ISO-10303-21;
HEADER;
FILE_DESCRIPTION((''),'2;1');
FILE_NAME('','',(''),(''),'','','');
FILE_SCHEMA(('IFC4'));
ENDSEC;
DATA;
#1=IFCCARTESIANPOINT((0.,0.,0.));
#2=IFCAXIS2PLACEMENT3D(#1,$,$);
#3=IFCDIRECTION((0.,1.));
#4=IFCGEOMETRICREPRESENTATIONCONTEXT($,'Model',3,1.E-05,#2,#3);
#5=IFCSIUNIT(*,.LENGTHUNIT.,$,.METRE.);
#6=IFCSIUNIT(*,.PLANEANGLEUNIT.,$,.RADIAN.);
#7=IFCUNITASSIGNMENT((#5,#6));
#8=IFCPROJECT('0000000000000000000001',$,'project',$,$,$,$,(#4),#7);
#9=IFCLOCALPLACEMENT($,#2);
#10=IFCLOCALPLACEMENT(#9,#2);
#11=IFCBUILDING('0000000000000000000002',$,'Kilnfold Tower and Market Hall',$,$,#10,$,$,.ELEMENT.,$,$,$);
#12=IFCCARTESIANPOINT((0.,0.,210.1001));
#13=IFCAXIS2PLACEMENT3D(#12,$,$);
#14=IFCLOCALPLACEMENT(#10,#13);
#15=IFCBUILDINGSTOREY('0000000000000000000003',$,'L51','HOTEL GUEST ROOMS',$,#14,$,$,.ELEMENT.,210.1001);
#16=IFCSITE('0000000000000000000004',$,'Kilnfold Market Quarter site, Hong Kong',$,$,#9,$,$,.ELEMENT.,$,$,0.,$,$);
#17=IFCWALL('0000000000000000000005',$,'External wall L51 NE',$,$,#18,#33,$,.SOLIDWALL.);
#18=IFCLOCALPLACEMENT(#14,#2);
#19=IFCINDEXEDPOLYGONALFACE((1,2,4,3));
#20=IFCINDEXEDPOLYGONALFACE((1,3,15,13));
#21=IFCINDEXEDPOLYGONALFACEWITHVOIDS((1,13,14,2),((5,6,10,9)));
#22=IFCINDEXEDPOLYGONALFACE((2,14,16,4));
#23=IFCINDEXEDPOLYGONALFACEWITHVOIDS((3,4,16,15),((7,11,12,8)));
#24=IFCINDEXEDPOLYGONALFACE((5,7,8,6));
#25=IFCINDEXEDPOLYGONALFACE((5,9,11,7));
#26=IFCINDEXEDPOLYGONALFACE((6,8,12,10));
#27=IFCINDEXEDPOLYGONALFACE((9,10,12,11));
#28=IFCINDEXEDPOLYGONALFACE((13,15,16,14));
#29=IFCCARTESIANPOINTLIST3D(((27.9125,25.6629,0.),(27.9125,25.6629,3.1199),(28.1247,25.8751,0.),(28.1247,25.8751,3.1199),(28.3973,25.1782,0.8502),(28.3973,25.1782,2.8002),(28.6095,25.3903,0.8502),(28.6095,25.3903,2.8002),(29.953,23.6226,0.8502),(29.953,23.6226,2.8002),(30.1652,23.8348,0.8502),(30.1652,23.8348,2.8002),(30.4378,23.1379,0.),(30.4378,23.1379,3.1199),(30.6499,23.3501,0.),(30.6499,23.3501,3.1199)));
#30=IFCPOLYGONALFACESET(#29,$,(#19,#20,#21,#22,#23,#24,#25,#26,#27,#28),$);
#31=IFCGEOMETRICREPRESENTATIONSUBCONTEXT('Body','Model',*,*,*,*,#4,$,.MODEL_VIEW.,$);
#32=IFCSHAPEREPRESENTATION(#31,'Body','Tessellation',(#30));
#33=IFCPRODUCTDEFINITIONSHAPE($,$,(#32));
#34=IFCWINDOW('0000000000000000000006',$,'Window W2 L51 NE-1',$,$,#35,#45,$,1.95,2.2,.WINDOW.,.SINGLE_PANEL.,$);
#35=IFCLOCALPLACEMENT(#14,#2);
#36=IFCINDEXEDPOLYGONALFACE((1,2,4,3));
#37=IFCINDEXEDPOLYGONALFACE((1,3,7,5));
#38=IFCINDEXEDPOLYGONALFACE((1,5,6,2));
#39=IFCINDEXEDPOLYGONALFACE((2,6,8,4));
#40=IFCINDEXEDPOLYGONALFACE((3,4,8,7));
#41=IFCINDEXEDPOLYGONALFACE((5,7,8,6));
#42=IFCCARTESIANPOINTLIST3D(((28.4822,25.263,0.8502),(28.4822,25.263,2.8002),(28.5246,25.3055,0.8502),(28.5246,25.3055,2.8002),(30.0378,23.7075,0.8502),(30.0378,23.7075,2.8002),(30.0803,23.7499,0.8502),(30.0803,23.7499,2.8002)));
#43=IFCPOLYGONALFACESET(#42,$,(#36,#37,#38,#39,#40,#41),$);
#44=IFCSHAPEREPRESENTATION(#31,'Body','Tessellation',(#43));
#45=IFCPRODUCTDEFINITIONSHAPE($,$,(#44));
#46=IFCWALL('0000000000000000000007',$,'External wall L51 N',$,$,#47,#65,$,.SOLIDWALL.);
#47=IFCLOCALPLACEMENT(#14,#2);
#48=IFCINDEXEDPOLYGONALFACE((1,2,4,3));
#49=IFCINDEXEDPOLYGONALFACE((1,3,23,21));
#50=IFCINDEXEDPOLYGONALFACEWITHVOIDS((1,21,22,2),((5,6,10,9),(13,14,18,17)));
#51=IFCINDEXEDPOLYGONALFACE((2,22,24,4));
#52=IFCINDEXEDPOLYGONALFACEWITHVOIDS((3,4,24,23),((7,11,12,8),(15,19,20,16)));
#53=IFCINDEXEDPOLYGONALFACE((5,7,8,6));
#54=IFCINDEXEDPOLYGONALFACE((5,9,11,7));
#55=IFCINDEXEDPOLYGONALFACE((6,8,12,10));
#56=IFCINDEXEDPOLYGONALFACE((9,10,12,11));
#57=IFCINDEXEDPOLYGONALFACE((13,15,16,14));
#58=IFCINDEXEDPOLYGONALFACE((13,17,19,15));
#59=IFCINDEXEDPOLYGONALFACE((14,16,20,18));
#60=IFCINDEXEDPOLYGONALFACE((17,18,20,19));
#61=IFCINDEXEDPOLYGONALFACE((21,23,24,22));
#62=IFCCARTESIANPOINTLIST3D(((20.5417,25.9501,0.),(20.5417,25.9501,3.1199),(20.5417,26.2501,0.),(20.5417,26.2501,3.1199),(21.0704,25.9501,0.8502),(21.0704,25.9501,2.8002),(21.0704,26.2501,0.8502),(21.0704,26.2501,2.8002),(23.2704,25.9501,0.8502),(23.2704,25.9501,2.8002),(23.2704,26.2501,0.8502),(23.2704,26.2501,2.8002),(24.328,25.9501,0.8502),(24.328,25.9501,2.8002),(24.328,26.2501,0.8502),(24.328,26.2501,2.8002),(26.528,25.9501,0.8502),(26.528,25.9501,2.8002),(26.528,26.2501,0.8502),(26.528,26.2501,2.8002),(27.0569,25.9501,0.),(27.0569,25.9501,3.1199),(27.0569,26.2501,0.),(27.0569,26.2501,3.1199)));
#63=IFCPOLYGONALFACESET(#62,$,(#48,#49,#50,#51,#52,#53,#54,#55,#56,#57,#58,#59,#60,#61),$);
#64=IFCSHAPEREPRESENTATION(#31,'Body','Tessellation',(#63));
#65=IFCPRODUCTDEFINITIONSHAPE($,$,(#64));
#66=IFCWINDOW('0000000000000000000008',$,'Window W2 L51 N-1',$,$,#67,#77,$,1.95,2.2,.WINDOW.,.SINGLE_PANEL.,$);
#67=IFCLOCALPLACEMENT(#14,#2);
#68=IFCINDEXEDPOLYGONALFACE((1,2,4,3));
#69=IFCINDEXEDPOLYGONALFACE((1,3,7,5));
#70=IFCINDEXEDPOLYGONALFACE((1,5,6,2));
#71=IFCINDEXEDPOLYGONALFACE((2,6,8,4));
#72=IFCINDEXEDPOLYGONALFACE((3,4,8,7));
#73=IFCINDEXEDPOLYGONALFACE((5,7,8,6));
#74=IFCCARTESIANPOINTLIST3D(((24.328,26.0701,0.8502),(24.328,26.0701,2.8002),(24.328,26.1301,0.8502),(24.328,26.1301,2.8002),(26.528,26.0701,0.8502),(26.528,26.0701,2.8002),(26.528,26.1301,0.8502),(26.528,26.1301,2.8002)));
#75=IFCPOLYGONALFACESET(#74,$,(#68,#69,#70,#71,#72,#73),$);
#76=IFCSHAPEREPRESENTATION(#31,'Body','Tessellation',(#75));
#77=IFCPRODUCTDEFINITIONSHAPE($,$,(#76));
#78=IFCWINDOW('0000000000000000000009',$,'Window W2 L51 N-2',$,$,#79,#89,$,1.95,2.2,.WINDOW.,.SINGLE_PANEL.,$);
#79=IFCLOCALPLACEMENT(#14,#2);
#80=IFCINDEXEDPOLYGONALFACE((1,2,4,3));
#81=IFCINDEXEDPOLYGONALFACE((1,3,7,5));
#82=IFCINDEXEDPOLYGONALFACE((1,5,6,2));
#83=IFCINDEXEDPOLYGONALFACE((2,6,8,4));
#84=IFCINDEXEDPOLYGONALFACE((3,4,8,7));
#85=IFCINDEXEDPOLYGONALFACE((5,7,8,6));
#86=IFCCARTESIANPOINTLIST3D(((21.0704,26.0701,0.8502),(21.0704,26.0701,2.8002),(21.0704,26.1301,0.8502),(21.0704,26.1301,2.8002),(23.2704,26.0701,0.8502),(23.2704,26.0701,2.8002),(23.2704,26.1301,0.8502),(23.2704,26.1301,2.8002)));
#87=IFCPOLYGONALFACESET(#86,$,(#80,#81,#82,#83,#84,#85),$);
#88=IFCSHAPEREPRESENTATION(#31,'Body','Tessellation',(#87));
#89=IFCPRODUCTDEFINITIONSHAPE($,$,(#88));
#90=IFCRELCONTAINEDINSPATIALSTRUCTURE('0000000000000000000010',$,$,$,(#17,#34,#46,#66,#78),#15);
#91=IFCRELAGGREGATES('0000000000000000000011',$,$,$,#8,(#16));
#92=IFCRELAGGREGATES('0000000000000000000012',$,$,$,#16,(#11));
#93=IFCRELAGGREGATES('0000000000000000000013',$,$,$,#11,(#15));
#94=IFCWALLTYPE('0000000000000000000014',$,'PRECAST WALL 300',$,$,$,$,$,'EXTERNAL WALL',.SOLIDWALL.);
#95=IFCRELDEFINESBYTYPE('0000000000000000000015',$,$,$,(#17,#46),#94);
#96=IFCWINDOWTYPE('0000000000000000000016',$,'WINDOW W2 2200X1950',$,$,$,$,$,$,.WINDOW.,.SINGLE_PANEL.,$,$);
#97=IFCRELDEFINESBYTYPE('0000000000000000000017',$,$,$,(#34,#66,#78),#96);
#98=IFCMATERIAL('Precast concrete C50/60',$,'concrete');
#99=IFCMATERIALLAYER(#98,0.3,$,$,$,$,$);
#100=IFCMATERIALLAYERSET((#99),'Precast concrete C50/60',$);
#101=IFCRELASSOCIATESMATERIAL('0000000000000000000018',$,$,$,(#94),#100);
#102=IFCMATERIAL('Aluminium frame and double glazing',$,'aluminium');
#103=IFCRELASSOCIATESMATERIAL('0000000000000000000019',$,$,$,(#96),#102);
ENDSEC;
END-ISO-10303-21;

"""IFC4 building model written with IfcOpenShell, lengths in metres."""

from ifc_helpers import new_model, si_unit, direction, frame, frame_2d, origin, place, context, subcontext, project, spatial, rectangle, extrude, source, transform, mapped, material, layer, layer_set, type_object, element, fill, save


model = new_model("IFC4")

# Units and contexts
model_context = context("Model", 3, precision=1e-05, world=origin(), true_north=direction((0.0, 1.0)))
body_context = subcontext(model_context, "Body", "Model", "MODEL_VIEW")
ifc_project = project(units=[si_unit("LENGTHUNIT", "METRE"), si_unit("PLANEANGLEUNIT", "RADIAN")], contexts=[model_context])

# Site, building, storey
site_placement = place(None, origin())
site = spatial("IfcSite", under=ifc_project, at=site_placement, Name="Kilnfold Market Quarter site, Hong Kong", CompositionType="ELEMENT", RefElevation=0.0)
building_placement = place(site_placement, origin())
building = spatial("IfcBuilding", under=site, at=building_placement, Name="Kilnfold Tower and Market Hall", CompositionType="ELEMENT")
storey_placement = place(building_placement, frame((0.0, 0.0, 210.1001)))
storey = spatial("IfcBuildingStorey", under=building, at=storey_placement, Name="L51", Description="HOTEL GUEST ROOMS", CompositionType="ELEMENT", Elevation=210.1001)

# Shared definitions
ifc_material_1 = material(Name="Precast concrete C50/60", Category="concrete")
ifc_layer_1 = layer(ifc_material_1, 0.3)
ifc_layer_set_1 = layer_set([ifc_layer_1], Name="Precast concrete C50/60")
wall_type_1 = type_object("IfcWallType", Name="PRECAST WALL 300", ElementType="EXTERNAL WALL", PredefinedType="SOLIDWALL", material=ifc_layer_set_1)
ifc_material_2 = material(Name="Aluminium frame and double glazing", Category="aluminium")
window_type = type_object("IfcWindowType", Name="WINDOW W2 2200X1950", PartitioningType="SINGLE_PANEL", PredefinedType="WINDOW", material=ifc_material_2)

# Wall, opening, window
shared_shape_1 = source(origin(), body_context, "Body", "SweptSolid", [
    extrude(rectangle(XDim=3.571, YDim=0.3, at=frame_2d((1.7856, 0.0))), origin(), (0.0, 0.0, 1.0), 3.1199),
])
wall_1_placement = place(storey_placement, frame((30.5439, 23.2439, 0.0), z_axis=(0.0, 0.0, 1.0), x_axis=(-0.707141, 0.707073, 0.0)))
wall_1 = element("IfcWall", 1, at=wall_1_placement, inside=storey, type_object=wall_type_1, Name="External wall L51 NE", PredefinedType="SOLIDWALL", context=body_context, shape_type="MappedRepresentation", body=[
    mapped(shared_shape_1, transform((0.0, 0.0, 0.0))),
])
opening_1_placement = place(wall_1_placement, frame((0.6855, 0.0, 0.8501)))
opening_1 = element("IfcOpeningElement", 2, at=opening_1_placement, cuts=wall_1, PredefinedType="OPENING", context=body_context, shape_type="SweptSolid", body=[
    extrude(rectangle(XDim=2.2, YDim=1.95, at=frame_2d((1.1001, 0.9751))), frame((0.0, 0.1602, 0.0), z_axis=(0.0, -1.0, 0.0), x_axis=(1.0, 0.0, 0.0)), (0.0, 0.0, 1.0), 0.3201),
])
window_1_placement = place(opening_1_placement, origin())
window_1 = element("IfcWindow", 3, at=window_1_placement, inside=storey, type_object=window_type, Name="Window W2 L51 NE-1", OverallHeight=1.95, OverallWidth=2.2, PartitioningType="SINGLE_PANEL", PredefinedType="WINDOW", context=body_context, shape_type="SweptSolid", body=[
    extrude(rectangle(XDim=2.2, YDim=1.95, at=frame_2d((1.1001, 0.9751))), frame((0.0, 0.03, 0.0), z_axis=(0.0, -1.0, 0.0), x_axis=(1.0, 0.0, 0.0)), (0.0, 0.0, 1.0), 0.0601),
])
fill(opening_1, window_1)

# Wall, openings, windows
shared_shape_2 = source(origin(), body_context, "Body", "SweptSolid", [
    extrude(rectangle(XDim=6.5151, YDim=0.3, at=frame_2d((3.2576, 0.0))), origin(), (0.0, 0.0, 1.0), 3.1199),
])
wall_2_placement = place(storey_placement, frame((27.0569, 26.1001, 0.0), z_axis=(0.0, 0.0, 1.0), x_axis=(-1.0, 0.0, 0.0)))
wall_2 = element("IfcWall", 4, at=wall_2_placement, inside=storey, type_object=wall_type_1, Name="External wall L51 N", PredefinedType="SOLIDWALL", context=body_context, shape_type="MappedRepresentation", body=[
    mapped(shared_shape_2, transform((0.0, 0.0, 0.0))),
])
opening_2_placement = place(wall_2_placement, frame((0.5288, 0.0, 0.8501)))
opening_2 = element("IfcOpeningElement", 5, at=opening_2_placement, cuts=wall_2, PredefinedType="OPENING", context=body_context, shape_type="SweptSolid", body=[
    extrude(rectangle(XDim=2.2, YDim=1.95, at=frame_2d((1.1001, 0.9751))), frame((0.0, 0.1602, 0.0), z_axis=(0.0, -1.0, 0.0), x_axis=(1.0, 0.0, 0.0)), (0.0, 0.0, 1.0), 0.3201),
])
opening_3_placement = place(wall_2_placement, frame((3.7864, 0.0, 0.8501)))
opening_3 = element("IfcOpeningElement", 6, at=opening_3_placement, cuts=wall_2, PredefinedType="OPENING", context=body_context, shape_type="SweptSolid", body=[
    extrude(rectangle(XDim=2.2, YDim=1.95, at=frame_2d((1.1001, 0.9751))), frame((0.0, 0.1602, 0.0), z_axis=(0.0, -1.0, 0.0), x_axis=(1.0, 0.0, 0.0)), (0.0, 0.0, 1.0), 0.3201),
])
window_2_placement = place(opening_2_placement, origin())
window_2 = element("IfcWindow", 7, at=window_2_placement, inside=storey, type_object=window_type, Name="Window W2 L51 N-1", OverallHeight=1.95, OverallWidth=2.2, PartitioningType="SINGLE_PANEL", PredefinedType="WINDOW", context=body_context, shape_type="SweptSolid", body=[
    extrude(rectangle(XDim=2.2, YDim=1.95, at=frame_2d((1.1001, 0.9751))), frame((0.0, 0.03, 0.0), z_axis=(0.0, -1.0, 0.0), x_axis=(1.0, 0.0, 0.0)), (0.0, 0.0, 1.0), 0.0601),
])
fill(opening_2, window_2)
window_3_placement = place(opening_3_placement, origin())
window_3 = element("IfcWindow", 8, at=window_3_placement, inside=storey, type_object=window_type, Name="Window W2 L51 N-2", OverallHeight=1.95, OverallWidth=2.2, PartitioningType="SINGLE_PANEL", PredefinedType="WINDOW", context=body_context, shape_type="SweptSolid", body=[
    extrude(rectangle(XDim=2.2, YDim=1.95, at=frame_2d((1.1001, 0.9751))), frame((0.0, 0.03, 0.0), z_axis=(0.0, -1.0, 0.0), x_axis=(1.0, 0.0, 0.0)), (0.0, 0.0, 1.0), 0.0601),
])
fill(opening_3, window_3)

save(model, "model.ifc")
